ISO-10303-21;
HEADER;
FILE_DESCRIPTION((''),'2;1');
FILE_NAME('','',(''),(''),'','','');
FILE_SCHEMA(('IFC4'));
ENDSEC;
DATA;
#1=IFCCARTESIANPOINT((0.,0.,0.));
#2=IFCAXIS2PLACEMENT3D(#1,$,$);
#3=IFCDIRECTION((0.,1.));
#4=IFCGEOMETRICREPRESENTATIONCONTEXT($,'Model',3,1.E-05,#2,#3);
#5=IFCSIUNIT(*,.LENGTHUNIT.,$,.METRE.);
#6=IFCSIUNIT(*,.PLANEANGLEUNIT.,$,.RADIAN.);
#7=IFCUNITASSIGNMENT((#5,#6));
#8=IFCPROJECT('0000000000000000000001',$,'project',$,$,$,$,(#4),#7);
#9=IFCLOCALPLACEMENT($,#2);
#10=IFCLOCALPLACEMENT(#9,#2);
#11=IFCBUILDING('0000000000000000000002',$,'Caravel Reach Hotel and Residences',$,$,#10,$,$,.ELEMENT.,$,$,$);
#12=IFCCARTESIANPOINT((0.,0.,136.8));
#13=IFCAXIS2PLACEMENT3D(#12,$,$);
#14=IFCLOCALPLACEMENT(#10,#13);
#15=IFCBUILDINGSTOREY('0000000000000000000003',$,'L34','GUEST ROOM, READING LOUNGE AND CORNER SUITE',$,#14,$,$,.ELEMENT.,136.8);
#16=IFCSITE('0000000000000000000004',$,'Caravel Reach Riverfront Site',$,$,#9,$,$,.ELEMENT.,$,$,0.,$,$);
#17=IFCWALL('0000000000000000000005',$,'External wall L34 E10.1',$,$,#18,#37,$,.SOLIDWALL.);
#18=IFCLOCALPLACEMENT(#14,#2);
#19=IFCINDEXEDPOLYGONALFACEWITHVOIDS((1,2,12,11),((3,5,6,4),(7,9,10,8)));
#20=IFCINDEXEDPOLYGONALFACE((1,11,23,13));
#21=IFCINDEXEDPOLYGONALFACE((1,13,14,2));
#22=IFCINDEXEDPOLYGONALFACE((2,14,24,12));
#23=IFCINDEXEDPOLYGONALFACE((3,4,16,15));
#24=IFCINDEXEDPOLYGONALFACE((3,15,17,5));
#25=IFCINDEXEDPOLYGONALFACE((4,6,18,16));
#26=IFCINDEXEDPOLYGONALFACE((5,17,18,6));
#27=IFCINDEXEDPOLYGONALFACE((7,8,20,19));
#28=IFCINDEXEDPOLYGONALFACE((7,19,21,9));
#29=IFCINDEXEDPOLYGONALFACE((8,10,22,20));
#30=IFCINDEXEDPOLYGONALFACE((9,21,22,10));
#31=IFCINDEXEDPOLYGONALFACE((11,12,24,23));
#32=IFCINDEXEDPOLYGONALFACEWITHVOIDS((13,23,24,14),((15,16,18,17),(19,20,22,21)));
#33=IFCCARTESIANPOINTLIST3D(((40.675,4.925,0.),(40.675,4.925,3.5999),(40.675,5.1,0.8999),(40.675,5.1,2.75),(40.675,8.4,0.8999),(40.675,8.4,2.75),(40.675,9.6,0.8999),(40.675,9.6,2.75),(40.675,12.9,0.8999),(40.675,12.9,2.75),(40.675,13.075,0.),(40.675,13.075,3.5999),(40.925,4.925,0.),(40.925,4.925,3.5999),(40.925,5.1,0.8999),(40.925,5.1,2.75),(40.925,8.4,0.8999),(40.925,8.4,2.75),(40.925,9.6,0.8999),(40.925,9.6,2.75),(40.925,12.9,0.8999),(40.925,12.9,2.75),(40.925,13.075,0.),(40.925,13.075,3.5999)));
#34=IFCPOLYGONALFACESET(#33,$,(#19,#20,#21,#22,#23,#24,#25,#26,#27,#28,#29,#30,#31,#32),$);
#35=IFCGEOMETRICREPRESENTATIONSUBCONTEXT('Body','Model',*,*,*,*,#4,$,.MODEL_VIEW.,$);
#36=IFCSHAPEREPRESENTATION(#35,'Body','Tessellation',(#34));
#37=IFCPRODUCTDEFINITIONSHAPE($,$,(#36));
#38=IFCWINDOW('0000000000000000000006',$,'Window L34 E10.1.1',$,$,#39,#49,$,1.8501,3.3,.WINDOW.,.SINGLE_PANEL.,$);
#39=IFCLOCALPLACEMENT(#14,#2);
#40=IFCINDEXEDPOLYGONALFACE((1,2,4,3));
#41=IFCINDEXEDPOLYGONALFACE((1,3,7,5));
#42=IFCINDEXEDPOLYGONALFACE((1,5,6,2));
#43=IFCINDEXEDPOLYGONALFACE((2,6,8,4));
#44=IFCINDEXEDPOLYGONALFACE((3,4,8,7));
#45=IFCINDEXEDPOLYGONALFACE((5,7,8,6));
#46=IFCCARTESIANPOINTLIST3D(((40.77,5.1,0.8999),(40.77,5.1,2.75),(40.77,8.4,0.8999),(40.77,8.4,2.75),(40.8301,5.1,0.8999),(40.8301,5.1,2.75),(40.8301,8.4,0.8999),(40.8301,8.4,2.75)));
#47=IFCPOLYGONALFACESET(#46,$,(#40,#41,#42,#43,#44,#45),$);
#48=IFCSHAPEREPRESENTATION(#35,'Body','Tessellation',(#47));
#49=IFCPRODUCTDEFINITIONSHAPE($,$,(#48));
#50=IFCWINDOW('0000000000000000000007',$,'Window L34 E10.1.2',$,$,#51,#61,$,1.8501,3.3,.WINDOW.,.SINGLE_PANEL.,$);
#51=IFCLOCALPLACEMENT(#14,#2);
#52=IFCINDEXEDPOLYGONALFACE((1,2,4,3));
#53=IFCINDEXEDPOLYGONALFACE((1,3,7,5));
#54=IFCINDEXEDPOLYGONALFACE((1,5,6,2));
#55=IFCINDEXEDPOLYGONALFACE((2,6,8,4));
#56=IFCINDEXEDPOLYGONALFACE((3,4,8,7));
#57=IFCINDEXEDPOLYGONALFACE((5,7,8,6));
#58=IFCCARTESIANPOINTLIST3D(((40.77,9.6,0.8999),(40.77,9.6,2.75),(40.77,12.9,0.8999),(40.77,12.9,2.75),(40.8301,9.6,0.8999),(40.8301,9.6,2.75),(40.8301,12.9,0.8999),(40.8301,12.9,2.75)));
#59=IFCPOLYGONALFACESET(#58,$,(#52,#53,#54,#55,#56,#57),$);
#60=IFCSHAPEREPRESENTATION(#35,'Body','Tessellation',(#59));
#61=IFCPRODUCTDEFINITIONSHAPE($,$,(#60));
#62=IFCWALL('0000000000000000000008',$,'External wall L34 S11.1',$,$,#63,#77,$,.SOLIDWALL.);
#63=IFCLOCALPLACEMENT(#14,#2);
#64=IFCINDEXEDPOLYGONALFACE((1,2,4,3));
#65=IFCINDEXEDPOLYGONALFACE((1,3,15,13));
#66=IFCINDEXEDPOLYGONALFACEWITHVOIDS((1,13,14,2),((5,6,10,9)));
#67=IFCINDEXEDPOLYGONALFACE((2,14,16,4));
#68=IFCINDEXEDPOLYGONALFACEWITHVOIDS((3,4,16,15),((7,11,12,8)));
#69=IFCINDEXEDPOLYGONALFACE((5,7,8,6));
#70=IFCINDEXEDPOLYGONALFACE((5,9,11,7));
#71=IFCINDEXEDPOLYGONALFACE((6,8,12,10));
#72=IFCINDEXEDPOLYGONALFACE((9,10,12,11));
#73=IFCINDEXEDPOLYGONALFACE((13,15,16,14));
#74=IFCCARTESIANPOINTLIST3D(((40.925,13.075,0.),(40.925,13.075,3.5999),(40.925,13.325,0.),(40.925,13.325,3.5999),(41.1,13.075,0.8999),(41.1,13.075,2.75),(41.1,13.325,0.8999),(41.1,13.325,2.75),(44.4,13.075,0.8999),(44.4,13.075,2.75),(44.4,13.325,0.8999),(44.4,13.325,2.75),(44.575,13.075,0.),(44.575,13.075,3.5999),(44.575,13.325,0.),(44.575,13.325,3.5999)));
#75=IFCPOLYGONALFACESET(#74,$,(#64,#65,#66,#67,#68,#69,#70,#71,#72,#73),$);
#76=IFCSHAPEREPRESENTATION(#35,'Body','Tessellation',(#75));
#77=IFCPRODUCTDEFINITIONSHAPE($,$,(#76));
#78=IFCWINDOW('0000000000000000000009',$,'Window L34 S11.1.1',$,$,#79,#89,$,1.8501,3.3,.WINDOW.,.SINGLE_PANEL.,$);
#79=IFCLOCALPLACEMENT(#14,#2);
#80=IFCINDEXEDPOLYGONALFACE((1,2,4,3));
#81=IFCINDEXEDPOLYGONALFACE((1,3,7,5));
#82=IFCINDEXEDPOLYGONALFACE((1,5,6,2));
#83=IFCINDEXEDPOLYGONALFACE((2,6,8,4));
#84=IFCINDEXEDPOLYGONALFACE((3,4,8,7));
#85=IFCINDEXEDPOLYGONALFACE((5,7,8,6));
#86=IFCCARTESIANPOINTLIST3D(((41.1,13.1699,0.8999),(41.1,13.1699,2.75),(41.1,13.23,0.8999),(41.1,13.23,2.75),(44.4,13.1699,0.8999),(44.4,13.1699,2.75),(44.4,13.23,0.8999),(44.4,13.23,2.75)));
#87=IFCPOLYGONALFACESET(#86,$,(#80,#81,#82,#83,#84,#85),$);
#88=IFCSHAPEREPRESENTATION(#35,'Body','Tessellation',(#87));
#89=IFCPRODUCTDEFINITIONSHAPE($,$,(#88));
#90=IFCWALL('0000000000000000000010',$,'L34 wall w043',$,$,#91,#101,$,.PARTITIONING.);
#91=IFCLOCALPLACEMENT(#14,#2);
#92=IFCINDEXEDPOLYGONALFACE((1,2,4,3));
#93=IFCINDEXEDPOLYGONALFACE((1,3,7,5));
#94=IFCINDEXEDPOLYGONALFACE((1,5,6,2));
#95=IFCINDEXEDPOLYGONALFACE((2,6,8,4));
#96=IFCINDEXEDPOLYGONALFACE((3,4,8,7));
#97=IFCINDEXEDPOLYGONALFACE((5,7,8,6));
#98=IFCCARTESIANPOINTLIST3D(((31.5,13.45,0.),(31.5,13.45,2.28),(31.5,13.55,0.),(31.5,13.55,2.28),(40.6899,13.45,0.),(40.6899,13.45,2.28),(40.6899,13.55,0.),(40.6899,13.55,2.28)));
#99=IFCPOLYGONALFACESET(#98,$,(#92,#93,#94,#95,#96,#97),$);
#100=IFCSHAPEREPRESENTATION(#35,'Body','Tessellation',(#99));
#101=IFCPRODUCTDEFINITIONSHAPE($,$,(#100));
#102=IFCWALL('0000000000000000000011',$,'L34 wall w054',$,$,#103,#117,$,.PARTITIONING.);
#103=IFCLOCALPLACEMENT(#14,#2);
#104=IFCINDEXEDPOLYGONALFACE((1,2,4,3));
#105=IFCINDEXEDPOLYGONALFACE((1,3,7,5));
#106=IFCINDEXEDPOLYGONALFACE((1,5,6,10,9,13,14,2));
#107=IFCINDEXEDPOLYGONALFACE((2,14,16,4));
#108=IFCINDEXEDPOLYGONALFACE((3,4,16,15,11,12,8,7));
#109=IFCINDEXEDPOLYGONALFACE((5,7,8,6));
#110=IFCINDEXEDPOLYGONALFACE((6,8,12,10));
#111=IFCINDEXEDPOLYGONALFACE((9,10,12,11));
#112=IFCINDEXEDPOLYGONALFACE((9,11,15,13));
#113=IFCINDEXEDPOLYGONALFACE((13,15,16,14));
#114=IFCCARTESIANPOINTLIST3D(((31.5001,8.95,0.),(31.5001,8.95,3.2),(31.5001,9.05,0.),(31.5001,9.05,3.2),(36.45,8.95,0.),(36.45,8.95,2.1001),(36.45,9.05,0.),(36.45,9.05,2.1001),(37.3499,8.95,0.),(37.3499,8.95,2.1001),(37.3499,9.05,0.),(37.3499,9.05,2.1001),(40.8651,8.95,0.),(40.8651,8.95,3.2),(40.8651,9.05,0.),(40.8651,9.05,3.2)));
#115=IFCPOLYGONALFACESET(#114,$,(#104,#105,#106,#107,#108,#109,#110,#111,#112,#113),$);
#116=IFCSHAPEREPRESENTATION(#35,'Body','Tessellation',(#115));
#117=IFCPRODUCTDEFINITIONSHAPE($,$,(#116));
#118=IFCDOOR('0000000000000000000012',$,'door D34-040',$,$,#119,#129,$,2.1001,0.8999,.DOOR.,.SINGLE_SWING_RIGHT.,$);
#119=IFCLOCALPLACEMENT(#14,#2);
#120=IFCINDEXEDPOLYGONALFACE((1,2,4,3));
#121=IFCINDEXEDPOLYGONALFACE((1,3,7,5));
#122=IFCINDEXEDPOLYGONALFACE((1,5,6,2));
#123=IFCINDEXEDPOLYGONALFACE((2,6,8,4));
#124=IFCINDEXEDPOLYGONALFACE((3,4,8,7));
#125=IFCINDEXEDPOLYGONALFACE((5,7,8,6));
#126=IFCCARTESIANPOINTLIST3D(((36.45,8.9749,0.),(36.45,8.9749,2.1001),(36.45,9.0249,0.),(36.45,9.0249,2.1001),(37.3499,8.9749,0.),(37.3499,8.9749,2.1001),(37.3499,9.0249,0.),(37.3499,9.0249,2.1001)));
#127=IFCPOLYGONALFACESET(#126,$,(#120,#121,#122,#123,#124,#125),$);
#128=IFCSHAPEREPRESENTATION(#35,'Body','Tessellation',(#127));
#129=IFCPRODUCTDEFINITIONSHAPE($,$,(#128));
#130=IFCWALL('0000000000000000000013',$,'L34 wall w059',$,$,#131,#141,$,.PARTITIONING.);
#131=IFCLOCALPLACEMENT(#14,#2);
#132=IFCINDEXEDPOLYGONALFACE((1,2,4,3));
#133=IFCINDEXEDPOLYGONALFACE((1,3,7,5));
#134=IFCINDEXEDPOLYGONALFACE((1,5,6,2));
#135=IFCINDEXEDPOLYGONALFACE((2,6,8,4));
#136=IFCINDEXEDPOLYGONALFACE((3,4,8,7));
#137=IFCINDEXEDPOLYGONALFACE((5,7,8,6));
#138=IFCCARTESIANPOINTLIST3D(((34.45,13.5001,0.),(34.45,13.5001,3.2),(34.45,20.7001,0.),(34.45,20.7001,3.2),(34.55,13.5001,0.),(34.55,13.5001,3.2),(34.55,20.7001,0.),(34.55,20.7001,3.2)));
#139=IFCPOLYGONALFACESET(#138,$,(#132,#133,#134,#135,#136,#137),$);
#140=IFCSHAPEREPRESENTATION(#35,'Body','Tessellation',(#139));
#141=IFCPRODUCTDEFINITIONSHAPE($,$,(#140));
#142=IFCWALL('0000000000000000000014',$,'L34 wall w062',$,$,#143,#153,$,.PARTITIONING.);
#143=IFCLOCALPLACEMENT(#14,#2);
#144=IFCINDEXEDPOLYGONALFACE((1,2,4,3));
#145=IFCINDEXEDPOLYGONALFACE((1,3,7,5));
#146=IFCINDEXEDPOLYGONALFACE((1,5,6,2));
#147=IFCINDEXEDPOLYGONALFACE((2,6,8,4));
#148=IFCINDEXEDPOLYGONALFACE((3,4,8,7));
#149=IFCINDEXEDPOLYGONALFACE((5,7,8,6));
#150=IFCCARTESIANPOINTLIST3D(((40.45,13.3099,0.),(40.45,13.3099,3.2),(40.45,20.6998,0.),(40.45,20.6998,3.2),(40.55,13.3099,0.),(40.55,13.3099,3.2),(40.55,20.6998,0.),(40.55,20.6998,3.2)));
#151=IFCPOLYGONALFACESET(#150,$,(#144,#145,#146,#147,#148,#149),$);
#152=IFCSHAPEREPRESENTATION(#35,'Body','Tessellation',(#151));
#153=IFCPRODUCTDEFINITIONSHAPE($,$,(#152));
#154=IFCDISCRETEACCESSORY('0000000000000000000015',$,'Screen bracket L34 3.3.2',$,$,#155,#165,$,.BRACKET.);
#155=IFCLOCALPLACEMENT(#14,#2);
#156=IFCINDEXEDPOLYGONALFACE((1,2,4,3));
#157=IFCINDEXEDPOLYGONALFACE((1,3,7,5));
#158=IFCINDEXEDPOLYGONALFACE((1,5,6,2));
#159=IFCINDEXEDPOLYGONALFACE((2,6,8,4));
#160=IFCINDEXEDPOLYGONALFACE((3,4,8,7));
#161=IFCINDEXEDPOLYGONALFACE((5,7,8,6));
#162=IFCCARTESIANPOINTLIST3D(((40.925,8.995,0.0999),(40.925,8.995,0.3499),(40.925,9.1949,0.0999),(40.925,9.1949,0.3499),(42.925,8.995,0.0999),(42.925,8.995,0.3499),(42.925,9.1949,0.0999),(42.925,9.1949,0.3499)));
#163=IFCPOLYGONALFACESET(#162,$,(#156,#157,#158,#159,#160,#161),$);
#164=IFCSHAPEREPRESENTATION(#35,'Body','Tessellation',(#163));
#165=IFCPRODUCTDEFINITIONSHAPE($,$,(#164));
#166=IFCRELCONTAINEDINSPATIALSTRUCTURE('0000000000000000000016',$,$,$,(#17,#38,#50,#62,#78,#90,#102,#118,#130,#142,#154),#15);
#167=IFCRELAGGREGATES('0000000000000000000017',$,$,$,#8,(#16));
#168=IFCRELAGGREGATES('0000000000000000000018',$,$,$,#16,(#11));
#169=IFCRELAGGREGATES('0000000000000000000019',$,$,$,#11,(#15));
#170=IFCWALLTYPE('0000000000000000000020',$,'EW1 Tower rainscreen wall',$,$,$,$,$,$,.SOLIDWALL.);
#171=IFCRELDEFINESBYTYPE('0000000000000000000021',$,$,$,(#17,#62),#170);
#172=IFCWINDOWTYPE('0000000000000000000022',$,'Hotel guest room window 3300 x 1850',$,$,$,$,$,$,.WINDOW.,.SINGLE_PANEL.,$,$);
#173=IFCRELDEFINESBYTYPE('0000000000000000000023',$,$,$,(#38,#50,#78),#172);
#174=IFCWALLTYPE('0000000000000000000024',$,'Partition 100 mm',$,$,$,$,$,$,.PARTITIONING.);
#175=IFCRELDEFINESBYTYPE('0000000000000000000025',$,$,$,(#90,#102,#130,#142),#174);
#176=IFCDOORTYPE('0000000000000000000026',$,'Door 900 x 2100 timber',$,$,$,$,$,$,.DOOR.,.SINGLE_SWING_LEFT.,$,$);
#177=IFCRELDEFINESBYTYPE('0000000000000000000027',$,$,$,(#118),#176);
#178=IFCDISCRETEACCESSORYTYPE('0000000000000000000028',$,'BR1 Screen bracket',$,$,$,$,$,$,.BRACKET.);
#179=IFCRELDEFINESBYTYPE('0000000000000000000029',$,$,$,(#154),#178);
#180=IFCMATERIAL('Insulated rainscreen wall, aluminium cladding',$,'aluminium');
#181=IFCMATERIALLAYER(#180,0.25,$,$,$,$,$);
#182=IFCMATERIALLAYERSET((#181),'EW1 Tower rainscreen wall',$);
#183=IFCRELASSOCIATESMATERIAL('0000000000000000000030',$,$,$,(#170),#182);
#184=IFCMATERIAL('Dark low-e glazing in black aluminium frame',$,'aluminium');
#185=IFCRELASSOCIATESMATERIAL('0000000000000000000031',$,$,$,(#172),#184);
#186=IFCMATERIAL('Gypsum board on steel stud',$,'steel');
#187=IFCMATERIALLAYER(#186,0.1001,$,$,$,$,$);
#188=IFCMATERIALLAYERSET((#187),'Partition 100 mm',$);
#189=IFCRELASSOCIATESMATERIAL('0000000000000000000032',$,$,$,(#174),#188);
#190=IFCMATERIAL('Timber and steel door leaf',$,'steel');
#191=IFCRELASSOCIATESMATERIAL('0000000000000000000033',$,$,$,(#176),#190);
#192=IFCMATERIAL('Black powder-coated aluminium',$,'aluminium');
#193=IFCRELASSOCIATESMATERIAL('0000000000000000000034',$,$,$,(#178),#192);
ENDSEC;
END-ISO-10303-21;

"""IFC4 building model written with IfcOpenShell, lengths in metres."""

from ifc_helpers import new_model, si_unit, direction, frame, frame_2d, origin, origin_2d, place, context, subcontext, project, spatial, rectangle, extrude, material, layer, layer_set, type_object, element, fill, save


model = new_model("IFC4")

# Units and contexts
model_context = context("Model", 3, precision=1e-05, world=origin(), true_north=direction((0.0, 1.0)))
body_context = subcontext(model_context, "Body", "Model", "MODEL_VIEW")
ifc_project = project(units=[si_unit("LENGTHUNIT", "METRE"), si_unit("PLANEANGLEUNIT", "RADIAN")], contexts=[model_context])

# Site, building, storey
site_placement = place(None, origin())
site = spatial("IfcSite", under=ifc_project, at=site_placement, Name="Caravel Reach Riverfront Site", CompositionType="ELEMENT", RefElevation=0.0)
building_placement = place(site_placement, origin())
building = spatial("IfcBuilding", under=site, at=building_placement, Name="Caravel Reach Hotel and Residences", CompositionType="ELEMENT")
storey_placement = place(building_placement, frame((0.0, 0.0, 136.8)))
storey = spatial("IfcBuildingStorey", under=building, at=storey_placement, Name="L34", Description="GUEST ROOM, READING LOUNGE AND CORNER SUITE", CompositionType="ELEMENT", Elevation=136.8)

# Wall, openings, windows
ifc_material_1 = material(Name="Insulated rainscreen wall, aluminium cladding", Category="aluminium")
ifc_layer_1 = layer(ifc_material_1, 0.25)
ifc_layer_set_1 = layer_set([ifc_layer_1], Name="EW1 Tower rainscreen wall")
wall_type_1 = type_object("IfcWallType", Name="EW1 Tower rainscreen wall", PredefinedType="SOLIDWALL", material=ifc_layer_set_1)
wall_1_placement = place(storey_placement, frame((40.8, 4.925, 0.0), z_axis=(0.0, 0.0, 1.0), x_axis=(0.0, 1.0, 0.0)))
wall_1 = element("IfcWall", 1, at=wall_1_placement, inside=storey, type_object=wall_type_1, Name="External wall L34 E10.1", PredefinedType="SOLIDWALL", context=body_context, shape_type="SweptSolid", body=[
    extrude(rectangle(XDim=8.1499, YDim=0.25, at=frame_2d((4.075, 0.0))), origin(), (0.0, 0.0, 1.0), 3.5999),
])
opening_1_placement = place(wall_1_placement, frame((0.175, 0.0, 0.8999)))
opening_1 = element("IfcOpeningElement", 2, at=opening_1_placement, cuts=wall_1, PredefinedType="OPENING", context=body_context, shape_type="SweptSolid", body=[
    extrude(rectangle(XDim=3.3, YDim=1.8501, at=frame_2d((1.6499, 0.925))), frame((0.0, 0.135, 0.0), z_axis=(0.0, -1.0, 0.0), x_axis=(1.0, 0.0, 0.0)), (0.0, 0.0, 1.0), 0.27),
])
opening_2_placement = place(wall_1_placement, frame((4.675, 0.0, 0.8999)))
opening_2 = element("IfcOpeningElement", 3, at=opening_2_placement, cuts=wall_1, PredefinedType="OPENING", context=body_context, shape_type="SweptSolid", body=[
    extrude(rectangle(XDim=3.3, YDim=1.8501, at=frame_2d((1.6499, 0.925))), frame((0.0, 0.135, 0.0), z_axis=(0.0, -1.0, 0.0), x_axis=(1.0, 0.0, 0.0)), (0.0, 0.0, 1.0), 0.27),
])
ifc_material_2 = material(Name="Dark low-e glazing in black aluminium frame", Category="aluminium")
window_type = type_object("IfcWindowType", Name="Hotel guest room window 3300 x 1850", PartitioningType="SINGLE_PANEL", PredefinedType="WINDOW", material=ifc_material_2)
window_1_placement = place(opening_1_placement, origin())
window_1 = element("IfcWindow", 4, at=window_1_placement, inside=storey, type_object=window_type, Name="Window L34 E10.1.1", OverallHeight=1.8501, OverallWidth=3.3, PartitioningType="SINGLE_PANEL", PredefinedType="WINDOW", context=body_context, shape_type="SweptSolid", body=[
    extrude(rectangle(XDim=3.3, YDim=1.8501, at=frame_2d((1.6499, 0.925))), frame((0.0, 0.03, 0.0), z_axis=(0.0, -1.0, 0.0), x_axis=(1.0, 0.0, 0.0)), (0.0, 0.0, 1.0), 0.0601),
])
fill(opening_1, window_1)
window_2_placement = place(opening_2_placement, origin())
window_2 = element("IfcWindow", 5, at=window_2_placement, inside=storey, type_object=window_type, Name="Window L34 E10.1.2", OverallHeight=1.8501, OverallWidth=3.3, PartitioningType="SINGLE_PANEL", PredefinedType="WINDOW", context=body_context, shape_type="SweptSolid", body=[
    extrude(rectangle(XDim=3.3, YDim=1.8501, at=frame_2d((1.6499, 0.925))), frame((0.0, 0.03, 0.0), z_axis=(0.0, -1.0, 0.0), x_axis=(1.0, 0.0, 0.0)), (0.0, 0.0, 1.0), 0.0601),
])
fill(opening_2, window_2)

# Wall, opening, window
wall_2_placement = place(storey_placement, frame((40.925, 13.2, 0.0), z_axis=(0.0, 0.0, 1.0), x_axis=(1.0, 0.0, 0.0)))
wall_2 = element("IfcWall", 6, at=wall_2_placement, inside=storey, type_object=wall_type_1, Name="External wall L34 S11.1", PredefinedType="SOLIDWALL", context=body_context, shape_type="SweptSolid", body=[
    extrude(rectangle(XDim=3.6499, YDim=0.25, at=frame_2d((1.825, 0.0))), origin(), (0.0, 0.0, 1.0), 3.5999),
])
opening_3_placement = place(wall_2_placement, frame((0.175, 0.0, 0.8999)))
opening_3 = element("IfcOpeningElement", 7, at=opening_3_placement, cuts=wall_2, PredefinedType="OPENING", context=body_context, shape_type="SweptSolid", body=[
    extrude(rectangle(XDim=3.3, YDim=1.8501, at=frame_2d((1.6499, 0.925))), frame((0.0, 0.135, 0.0), z_axis=(0.0, -1.0, 0.0), x_axis=(1.0, 0.0, 0.0)), (0.0, 0.0, 1.0), 0.27),
])
window_3_placement = place(opening_3_placement, origin())
window_3 = element("IfcWindow", 8, at=window_3_placement, inside=storey, type_object=window_type, Name="Window L34 S11.1.1", OverallHeight=1.8501, OverallWidth=3.3, PartitioningType="SINGLE_PANEL", PredefinedType="WINDOW", context=body_context, shape_type="SweptSolid", body=[
    extrude(rectangle(XDim=3.3, YDim=1.8501, at=frame_2d((1.6499, 0.925))), frame((0.0, 0.03, 0.0), z_axis=(0.0, -1.0, 0.0), x_axis=(1.0, 0.0, 0.0)), (0.0, 0.0, 1.0), 0.0601),
])
fill(opening_3, window_3)

# Wall
ifc_material_3 = material(Name="Gypsum board on steel stud", Category="steel")
ifc_layer_2 = layer(ifc_material_3, 0.1001)
ifc_layer_set_2 = layer_set([ifc_layer_2], Name="Partition 100 mm")
wall_type_2 = type_object("IfcWallType", Name="Partition 100 mm", PredefinedType="PARTITIONING", material=ifc_layer_set_2)
wall_3_placement = place(storey_placement, frame((31.5, 13.5, 0.0), z_axis=(0.0, 0.0, 1.0), x_axis=(1.0, 0.0, 0.0)))
element("IfcWall", 9, at=wall_3_placement, inside=storey, type_object=wall_type_2, Name="L34 wall w043", PredefinedType="PARTITIONING", context=body_context, shape_type="SweptSolid", body=[
    extrude(rectangle(XDim=9.1899, YDim=0.1001, at=frame_2d((4.595, 0.0))), origin(), (0.0, 0.0, 1.0), 2.28),
])

# Wall, opening, door
wall_4_placement = place(storey_placement, frame((31.5, 9.0, 0.0), z_axis=(0.0, 0.0, 1.0), x_axis=(1.0, 0.0, 0.0)))
wall_4 = element("IfcWall", 10, at=wall_4_placement, inside=storey, type_object=wall_type_2, Name="L34 wall w054", PredefinedType="PARTITIONING", context=body_context, shape_type="SweptSolid", body=[
    extrude(rectangle(XDim=9.365, YDim=0.1001, at=frame_2d((4.6826, 0.0))), origin(), (0.0, 0.0, 1.0), 3.2),
])
opening_4_placement = place(wall_4_placement, frame((4.95, 0.0, 0.0)))
opening_4 = element("IfcOpeningElement", 11, at=opening_4_placement, cuts=wall_4, PredefinedType="OPENING", context=body_context, shape_type="SweptSolid", body=[
    extrude(rectangle(XDim=0.8999, YDim=2.1001, at=frame_2d((0.45, 1.05))), frame((0.0, 0.0601, 0.0), z_axis=(0.0, -1.0, 0.0), x_axis=(1.0, 0.0, 0.0)), (0.0, 0.0, 1.0), 0.1201),
])
ifc_material_4 = material(Name="Timber and steel door leaf", Category="steel")
door_type = type_object("IfcDoorType", Name="Door 900 x 2100 timber", OperationType="SINGLE_SWING_LEFT", PredefinedType="DOOR", material=ifc_material_4)
door_placement = place(opening_4_placement, origin())
door = element("IfcDoor", 12, at=door_placement, inside=storey, type_object=door_type, Name="door D34-040", OperationType="SINGLE_SWING_RIGHT", OverallHeight=2.1001, OverallWidth=0.8999, PredefinedType="DOOR", context=body_context, shape_type="SweptSolid", body=[
    extrude(rectangle(XDim=0.8999, YDim=2.1001, at=frame_2d((0.45, 1.05))), frame((0.0, 0.0249, 0.0), z_axis=(0.0, -1.0, 0.0), x_axis=(1.0, 0.0, 0.0)), (0.0, 0.0, 1.0), 0.05),
])
fill(opening_4, door)

# Walls
wall_5_placement = place(storey_placement, frame((34.5, 13.5, 0.0), z_axis=(0.0, 0.0, 1.0), x_axis=(0.0, 1.0, 0.0)))
element("IfcWall", 13, at=wall_5_placement, inside=storey, type_object=wall_type_2, Name="L34 wall w059", PredefinedType="PARTITIONING", context=body_context, shape_type="SweptSolid", body=[
    extrude(rectangle(XDim=7.2, YDim=0.1001, at=frame_2d((3.6001, 0.0))), origin(), (0.0, 0.0, 1.0), 3.2),
])
wall_6_placement = place(storey_placement, frame((40.5, 13.3101, 0.0), z_axis=(0.0, 0.0, 1.0), x_axis=(0.0, 1.0, 0.0)))
element("IfcWall", 14, at=wall_6_placement, inside=storey, type_object=wall_type_2, Name="L34 wall w062", PredefinedType="PARTITIONING", context=body_context, shape_type="SweptSolid", body=[
    extrude(rectangle(XDim=7.3899, YDim=0.1001, at=frame_2d((3.6948, 0.0))), origin(), (0.0, 0.0, 1.0), 3.2),
])

# Discrete accessory
ifc_material_5 = material(Name="Black powder-coated aluminium", Category="aluminium")
discrete_accessory_type = type_object("IfcDiscreteAccessoryType", Name="BR1 Screen bracket", PredefinedType="BRACKET", material=ifc_material_5)
discrete_accessory_placement = place(storey_placement, frame((41.925, 9.095, 0.0999), z_axis=(0.0, 0.0, 1.0), x_axis=(1.0, 0.0, 0.0)))
element("IfcDiscreteAccessory", 15, at=discrete_accessory_placement, inside=storey, type_object=discrete_accessory_type, Name="Screen bracket L34 3.3.2", PredefinedType="BRACKET", context=body_context, shape_type="SweptSolid", body=[
    extrude(rectangle(XDim=2.0, YDim=0.2, at=origin_2d()), origin(), (0.0, 0.0, 1.0), 0.25),
])

save(model, "model.ifc")
